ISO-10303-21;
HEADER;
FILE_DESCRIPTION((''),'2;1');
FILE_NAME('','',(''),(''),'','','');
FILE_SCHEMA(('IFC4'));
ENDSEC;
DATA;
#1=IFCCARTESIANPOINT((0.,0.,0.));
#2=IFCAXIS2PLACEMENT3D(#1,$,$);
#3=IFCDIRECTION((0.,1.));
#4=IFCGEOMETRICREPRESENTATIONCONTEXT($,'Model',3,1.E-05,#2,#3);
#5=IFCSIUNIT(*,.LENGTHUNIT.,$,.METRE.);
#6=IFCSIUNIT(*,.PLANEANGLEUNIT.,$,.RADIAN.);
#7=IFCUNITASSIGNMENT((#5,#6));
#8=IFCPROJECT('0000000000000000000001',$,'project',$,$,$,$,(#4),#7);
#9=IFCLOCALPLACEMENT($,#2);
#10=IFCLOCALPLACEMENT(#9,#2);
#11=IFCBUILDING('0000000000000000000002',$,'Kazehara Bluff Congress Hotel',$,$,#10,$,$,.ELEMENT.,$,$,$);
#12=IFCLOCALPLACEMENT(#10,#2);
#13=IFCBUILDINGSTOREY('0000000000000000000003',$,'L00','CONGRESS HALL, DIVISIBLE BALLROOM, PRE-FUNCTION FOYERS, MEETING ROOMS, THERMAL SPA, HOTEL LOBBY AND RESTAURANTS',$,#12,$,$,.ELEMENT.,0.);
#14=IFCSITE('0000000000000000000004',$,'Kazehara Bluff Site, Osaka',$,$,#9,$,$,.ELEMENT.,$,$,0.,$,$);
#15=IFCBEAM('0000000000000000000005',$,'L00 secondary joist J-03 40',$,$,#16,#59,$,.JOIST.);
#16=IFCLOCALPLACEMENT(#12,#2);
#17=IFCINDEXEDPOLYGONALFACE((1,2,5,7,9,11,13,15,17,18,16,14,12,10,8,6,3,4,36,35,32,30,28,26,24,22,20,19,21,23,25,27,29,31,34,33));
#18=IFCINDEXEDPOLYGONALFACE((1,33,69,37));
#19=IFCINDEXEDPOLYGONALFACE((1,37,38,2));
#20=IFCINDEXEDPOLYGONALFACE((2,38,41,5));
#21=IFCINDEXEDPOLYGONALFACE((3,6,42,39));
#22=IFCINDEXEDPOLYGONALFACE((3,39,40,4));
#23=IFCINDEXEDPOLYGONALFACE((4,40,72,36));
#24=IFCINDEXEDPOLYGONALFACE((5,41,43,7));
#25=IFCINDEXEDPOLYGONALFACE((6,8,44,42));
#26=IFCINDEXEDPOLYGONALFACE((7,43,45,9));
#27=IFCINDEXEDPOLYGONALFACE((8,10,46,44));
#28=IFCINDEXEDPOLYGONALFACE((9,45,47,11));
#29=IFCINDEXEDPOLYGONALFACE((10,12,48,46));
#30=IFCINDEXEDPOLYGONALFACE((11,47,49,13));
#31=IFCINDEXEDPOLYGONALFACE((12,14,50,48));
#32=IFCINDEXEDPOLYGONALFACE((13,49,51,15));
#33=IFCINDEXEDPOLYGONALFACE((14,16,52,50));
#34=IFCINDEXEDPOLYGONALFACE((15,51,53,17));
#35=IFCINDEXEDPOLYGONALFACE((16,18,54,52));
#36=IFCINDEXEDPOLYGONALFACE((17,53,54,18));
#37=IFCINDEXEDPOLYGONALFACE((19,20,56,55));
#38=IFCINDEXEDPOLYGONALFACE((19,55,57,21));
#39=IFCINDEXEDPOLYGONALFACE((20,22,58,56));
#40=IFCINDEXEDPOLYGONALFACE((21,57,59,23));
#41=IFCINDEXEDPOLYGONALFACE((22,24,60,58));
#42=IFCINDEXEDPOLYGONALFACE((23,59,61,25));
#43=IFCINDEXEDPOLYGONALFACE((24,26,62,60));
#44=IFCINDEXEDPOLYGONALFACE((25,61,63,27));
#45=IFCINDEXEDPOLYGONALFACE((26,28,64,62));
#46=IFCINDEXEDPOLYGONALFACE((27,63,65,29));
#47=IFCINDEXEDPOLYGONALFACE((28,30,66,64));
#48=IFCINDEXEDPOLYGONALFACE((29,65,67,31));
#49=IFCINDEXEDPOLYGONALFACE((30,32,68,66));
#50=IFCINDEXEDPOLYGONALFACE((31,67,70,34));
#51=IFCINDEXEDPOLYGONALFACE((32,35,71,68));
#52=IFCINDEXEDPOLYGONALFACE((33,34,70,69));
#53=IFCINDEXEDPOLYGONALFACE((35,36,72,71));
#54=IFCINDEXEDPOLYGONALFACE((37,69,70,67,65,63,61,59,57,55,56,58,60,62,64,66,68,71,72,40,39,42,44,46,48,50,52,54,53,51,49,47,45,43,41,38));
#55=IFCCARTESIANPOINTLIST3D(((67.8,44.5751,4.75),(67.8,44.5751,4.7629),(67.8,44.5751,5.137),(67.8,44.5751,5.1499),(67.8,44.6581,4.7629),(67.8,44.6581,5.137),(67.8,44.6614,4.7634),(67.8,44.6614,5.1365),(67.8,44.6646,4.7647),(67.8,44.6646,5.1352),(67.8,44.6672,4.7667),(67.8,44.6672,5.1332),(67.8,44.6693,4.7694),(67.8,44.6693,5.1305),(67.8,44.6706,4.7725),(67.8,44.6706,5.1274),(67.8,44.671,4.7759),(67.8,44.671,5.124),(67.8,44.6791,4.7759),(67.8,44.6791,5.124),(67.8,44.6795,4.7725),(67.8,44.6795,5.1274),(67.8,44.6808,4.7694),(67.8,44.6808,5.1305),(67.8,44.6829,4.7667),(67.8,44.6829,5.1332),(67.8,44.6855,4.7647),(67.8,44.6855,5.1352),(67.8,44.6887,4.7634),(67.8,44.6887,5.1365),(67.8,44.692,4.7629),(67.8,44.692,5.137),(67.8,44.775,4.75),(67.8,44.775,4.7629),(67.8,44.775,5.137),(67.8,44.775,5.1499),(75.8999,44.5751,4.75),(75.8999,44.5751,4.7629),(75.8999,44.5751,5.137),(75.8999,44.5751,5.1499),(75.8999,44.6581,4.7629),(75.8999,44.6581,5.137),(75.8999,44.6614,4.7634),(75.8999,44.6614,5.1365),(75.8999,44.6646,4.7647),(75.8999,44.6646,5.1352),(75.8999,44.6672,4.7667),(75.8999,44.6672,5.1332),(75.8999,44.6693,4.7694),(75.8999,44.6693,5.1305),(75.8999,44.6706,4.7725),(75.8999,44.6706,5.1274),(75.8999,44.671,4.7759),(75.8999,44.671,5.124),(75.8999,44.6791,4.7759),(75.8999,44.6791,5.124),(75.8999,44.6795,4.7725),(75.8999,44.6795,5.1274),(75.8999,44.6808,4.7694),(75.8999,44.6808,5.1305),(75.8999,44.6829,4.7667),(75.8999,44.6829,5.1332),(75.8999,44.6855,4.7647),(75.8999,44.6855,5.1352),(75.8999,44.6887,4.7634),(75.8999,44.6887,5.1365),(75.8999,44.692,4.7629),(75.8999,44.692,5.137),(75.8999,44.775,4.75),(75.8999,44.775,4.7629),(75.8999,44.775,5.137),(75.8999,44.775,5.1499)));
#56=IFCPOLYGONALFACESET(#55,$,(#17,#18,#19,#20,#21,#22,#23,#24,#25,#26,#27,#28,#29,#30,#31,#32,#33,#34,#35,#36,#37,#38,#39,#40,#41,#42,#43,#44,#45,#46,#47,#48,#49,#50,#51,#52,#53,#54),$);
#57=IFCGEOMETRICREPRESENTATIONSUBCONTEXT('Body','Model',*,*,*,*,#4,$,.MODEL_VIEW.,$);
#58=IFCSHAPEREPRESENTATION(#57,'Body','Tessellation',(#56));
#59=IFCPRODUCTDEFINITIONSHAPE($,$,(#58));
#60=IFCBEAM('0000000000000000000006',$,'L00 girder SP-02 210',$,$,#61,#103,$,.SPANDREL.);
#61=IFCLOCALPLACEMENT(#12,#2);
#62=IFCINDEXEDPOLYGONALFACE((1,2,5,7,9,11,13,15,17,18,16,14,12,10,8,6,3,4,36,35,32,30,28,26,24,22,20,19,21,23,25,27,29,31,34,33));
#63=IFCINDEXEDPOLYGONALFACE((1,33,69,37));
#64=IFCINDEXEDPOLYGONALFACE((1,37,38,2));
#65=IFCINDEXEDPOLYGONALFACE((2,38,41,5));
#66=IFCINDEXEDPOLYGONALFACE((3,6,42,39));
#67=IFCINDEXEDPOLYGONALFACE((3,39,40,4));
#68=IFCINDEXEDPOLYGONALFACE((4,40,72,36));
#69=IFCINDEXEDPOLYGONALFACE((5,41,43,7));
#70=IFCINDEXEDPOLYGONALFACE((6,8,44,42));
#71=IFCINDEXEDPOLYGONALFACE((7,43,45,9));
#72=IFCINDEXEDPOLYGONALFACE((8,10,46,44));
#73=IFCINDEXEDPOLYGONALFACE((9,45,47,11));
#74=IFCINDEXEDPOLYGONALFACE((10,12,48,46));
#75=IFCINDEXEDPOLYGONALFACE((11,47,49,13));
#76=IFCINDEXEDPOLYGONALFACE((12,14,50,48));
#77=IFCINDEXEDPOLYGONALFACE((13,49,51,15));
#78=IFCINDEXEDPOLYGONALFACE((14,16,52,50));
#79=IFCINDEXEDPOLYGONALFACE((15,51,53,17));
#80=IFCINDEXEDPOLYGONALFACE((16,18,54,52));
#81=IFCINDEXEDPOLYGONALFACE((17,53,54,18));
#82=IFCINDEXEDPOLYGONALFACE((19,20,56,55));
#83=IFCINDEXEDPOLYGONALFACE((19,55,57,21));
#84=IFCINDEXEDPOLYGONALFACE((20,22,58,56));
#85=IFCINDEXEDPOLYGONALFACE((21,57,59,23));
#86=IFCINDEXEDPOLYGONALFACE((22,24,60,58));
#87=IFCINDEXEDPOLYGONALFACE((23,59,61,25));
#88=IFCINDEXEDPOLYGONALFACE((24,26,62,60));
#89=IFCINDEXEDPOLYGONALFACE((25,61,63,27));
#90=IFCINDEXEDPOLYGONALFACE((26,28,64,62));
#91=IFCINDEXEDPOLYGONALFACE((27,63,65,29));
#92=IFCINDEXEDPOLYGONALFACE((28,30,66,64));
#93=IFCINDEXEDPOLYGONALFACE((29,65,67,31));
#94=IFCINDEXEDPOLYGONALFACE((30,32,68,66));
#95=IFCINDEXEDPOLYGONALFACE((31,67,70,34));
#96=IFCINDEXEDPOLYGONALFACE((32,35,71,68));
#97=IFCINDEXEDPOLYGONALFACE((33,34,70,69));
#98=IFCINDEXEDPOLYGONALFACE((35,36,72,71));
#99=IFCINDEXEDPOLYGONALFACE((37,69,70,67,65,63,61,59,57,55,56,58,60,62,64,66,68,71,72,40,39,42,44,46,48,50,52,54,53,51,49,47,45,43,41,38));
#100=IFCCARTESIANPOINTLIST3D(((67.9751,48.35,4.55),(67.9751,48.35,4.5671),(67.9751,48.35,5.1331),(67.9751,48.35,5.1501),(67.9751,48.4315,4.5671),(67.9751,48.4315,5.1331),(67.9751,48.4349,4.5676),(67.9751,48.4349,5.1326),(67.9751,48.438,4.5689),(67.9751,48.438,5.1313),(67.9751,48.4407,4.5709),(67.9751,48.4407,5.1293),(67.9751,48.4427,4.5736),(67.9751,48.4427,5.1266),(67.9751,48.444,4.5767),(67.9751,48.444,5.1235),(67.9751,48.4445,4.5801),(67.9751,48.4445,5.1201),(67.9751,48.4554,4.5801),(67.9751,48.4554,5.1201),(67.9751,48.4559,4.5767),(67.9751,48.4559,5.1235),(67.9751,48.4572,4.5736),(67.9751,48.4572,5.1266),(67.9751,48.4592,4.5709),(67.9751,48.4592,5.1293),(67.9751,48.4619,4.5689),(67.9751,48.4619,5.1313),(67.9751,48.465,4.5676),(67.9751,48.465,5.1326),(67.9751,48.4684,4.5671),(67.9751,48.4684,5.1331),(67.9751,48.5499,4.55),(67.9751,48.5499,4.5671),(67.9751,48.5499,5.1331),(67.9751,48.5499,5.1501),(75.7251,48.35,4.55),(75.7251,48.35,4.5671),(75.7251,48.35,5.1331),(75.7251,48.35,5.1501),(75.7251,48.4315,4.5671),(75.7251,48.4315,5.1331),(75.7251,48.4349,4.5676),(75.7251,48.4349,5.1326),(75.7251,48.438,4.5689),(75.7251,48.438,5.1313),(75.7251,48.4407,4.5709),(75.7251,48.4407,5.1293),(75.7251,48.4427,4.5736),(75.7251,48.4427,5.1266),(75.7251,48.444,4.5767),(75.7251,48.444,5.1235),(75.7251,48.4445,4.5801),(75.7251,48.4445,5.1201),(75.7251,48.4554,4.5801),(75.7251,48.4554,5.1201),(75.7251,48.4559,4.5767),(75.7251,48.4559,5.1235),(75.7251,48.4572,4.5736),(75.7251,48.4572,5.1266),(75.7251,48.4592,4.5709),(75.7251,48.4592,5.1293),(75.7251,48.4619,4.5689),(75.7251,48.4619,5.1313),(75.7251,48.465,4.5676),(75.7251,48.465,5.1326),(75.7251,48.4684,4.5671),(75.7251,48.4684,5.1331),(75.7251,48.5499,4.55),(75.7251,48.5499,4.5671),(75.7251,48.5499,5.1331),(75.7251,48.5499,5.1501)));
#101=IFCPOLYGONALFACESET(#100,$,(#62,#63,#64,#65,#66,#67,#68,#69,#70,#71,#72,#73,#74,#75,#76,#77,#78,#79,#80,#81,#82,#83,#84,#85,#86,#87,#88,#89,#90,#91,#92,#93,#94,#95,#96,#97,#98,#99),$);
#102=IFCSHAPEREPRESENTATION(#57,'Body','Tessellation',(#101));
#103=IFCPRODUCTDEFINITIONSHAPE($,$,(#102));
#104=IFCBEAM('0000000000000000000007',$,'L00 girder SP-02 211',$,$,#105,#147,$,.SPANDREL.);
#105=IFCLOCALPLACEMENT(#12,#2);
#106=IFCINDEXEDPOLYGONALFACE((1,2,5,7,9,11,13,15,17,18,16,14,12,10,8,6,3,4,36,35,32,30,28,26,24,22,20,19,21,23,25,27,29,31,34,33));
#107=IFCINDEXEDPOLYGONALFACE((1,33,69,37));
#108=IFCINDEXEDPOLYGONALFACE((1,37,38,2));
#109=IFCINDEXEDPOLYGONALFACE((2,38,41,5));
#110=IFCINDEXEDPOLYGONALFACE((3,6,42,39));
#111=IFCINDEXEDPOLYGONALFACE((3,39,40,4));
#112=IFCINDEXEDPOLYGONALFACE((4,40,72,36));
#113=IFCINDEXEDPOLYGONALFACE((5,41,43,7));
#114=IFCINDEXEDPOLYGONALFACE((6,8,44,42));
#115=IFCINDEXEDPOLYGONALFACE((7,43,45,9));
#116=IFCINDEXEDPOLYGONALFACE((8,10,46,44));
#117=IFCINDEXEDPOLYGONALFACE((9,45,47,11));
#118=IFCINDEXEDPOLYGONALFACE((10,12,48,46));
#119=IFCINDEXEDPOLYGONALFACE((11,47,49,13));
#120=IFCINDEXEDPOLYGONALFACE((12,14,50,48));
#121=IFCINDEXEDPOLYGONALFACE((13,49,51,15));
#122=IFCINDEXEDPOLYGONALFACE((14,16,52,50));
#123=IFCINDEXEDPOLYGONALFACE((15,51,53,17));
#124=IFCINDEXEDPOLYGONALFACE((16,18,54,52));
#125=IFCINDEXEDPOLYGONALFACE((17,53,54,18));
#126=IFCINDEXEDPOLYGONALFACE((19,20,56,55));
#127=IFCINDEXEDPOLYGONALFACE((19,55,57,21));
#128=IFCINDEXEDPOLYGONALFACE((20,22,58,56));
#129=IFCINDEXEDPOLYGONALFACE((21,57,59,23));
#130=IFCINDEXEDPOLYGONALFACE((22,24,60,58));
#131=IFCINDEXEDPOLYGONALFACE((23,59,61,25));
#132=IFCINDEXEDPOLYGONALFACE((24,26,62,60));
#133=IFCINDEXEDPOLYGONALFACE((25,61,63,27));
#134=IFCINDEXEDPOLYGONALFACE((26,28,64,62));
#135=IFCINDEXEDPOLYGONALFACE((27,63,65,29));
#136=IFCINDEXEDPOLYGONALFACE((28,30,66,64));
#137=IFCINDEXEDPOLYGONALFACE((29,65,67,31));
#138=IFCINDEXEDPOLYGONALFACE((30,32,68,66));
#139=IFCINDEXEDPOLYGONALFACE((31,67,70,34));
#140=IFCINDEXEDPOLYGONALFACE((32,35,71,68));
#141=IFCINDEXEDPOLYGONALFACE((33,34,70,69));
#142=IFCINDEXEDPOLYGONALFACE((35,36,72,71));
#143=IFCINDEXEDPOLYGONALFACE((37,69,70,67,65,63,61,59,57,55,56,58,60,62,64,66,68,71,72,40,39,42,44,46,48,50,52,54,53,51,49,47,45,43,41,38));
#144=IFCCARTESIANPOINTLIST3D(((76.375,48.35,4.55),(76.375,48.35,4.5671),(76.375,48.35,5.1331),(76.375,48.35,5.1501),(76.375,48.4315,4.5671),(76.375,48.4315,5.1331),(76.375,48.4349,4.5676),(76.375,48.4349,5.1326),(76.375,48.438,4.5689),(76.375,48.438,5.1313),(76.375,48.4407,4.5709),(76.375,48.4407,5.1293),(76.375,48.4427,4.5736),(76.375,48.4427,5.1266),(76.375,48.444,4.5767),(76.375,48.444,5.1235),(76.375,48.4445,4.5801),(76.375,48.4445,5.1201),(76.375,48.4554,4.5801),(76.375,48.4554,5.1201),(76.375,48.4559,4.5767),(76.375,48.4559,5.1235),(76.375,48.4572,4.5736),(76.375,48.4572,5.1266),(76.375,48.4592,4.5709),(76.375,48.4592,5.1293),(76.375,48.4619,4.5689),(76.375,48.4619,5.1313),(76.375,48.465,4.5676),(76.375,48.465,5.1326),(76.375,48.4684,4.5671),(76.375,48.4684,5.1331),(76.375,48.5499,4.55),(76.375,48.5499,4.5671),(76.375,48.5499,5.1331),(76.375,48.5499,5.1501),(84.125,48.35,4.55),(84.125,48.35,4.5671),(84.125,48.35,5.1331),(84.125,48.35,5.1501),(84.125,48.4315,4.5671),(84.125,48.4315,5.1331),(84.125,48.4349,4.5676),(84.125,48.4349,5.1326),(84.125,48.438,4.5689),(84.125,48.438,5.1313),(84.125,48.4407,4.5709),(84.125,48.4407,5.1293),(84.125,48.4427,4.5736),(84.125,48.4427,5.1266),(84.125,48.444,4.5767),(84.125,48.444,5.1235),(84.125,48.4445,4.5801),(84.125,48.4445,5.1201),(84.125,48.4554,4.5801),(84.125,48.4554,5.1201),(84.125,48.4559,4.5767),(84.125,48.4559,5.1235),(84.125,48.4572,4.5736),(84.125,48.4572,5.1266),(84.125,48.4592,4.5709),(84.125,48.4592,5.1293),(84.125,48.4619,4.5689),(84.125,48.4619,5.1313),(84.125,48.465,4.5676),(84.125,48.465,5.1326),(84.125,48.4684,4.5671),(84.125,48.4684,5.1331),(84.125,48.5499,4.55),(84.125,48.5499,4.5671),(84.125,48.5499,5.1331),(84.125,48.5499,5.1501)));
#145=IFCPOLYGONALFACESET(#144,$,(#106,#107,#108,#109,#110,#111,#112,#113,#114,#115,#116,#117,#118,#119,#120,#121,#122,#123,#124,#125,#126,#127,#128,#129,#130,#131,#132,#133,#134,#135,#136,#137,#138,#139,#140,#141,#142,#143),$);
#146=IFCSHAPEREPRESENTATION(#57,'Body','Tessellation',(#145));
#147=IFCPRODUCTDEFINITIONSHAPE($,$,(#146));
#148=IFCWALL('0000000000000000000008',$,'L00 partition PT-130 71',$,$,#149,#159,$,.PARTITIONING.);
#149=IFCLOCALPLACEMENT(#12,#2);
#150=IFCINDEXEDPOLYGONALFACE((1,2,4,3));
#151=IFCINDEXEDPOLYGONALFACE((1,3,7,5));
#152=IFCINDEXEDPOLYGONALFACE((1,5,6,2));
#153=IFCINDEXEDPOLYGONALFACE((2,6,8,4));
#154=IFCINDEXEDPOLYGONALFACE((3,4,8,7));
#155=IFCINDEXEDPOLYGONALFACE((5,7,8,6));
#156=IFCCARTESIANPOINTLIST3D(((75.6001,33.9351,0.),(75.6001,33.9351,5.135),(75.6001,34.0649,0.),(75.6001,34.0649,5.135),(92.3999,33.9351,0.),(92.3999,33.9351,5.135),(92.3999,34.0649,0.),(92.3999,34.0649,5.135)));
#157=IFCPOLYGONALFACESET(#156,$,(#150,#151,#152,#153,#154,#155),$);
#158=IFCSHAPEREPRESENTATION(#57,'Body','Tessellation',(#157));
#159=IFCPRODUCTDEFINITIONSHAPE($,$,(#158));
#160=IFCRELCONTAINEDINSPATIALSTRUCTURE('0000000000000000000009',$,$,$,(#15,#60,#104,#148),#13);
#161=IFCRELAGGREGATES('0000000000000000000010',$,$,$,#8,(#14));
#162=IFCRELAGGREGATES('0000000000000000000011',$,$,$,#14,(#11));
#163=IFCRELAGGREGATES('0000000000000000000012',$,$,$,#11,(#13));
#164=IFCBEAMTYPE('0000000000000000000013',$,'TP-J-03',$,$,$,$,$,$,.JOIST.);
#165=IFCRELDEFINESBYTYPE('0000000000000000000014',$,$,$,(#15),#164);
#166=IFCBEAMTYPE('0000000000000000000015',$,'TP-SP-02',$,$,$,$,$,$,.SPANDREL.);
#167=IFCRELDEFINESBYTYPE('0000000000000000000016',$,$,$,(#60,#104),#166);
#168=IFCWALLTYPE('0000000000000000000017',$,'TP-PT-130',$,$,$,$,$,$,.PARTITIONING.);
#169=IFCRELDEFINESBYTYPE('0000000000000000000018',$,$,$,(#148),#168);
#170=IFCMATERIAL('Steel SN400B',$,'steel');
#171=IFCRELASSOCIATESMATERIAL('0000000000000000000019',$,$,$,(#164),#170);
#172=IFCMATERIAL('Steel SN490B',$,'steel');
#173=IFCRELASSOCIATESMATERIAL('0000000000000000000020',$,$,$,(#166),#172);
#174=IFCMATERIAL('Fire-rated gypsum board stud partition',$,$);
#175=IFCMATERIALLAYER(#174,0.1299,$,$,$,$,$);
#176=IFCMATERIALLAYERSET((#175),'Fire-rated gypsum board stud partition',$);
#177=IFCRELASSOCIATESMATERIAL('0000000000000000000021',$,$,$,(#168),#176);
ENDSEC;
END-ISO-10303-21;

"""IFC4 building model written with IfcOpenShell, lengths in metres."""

from ifc_helpers import new_model, si_unit, direction, frame, frame_2d, origin, origin_2d, place, context, subcontext, project, spatial, rectangle, i_section, extrude, material, layer, layer_set, material_profile, profile_set, type_object, element, save


model = new_model("IFC4")

# Units and contexts
model_context = context("Model", 3, precision=1e-05, world=origin(), true_north=direction((0.0, 1.0)))
body_context = subcontext(model_context, "Body", "Model", "MODEL_VIEW")
ifc_project = project(units=[si_unit("LENGTHUNIT", "METRE"), si_unit("PLANEANGLEUNIT", "RADIAN")], contexts=[model_context])

# Site, building, storey
site_placement = place(None, origin())
site = spatial("IfcSite", under=ifc_project, at=site_placement, Name="Kazehara Bluff Site, Osaka", CompositionType="ELEMENT", RefElevation=0.0)
building_placement = place(site_placement, origin())
building = spatial("IfcBuilding", under=site, at=building_placement, Name="Kazehara Bluff Congress Hotel", CompositionType="ELEMENT")
storey_placement = place(building_placement, origin())
storey = spatial("IfcBuildingStorey", under=building, at=storey_placement, Name="L00", Description="CONGRESS HALL, DIVISIBLE BALLROOM, PRE-FUNCTION FOYERS, MEETING ROOMS, THERMAL SPA, HOTEL LOBBY AND RESTAURANTS", CompositionType="ELEMENT", Elevation=0.0)

# Beams
ifc_material_1 = material(Name="Steel SN400B", Category="steel")
ifc_material_profile_1 = material_profile(ifc_material_1, i_section(OverallWidth=0.2, OverallDepth=0.3999, WebThickness=0.0081, FlangeThickness=0.0129, FilletRadius=0.0129, at=origin_2d()))
ifc_profile_set_1 = profile_set([ifc_material_profile_1], Name="Steel SN400B")
beam_type_1 = type_object("IfcBeamType", Name="TP-J-03", PredefinedType="JOIST", material=ifc_profile_set_1)
for number, where, z_axis, x_axis, name in (
    (1, (67.8, 44.675, 4.95), (1.0, 0.0, 0.0), (0.0, 1.0, 0.0), "L00 secondary joist J-03 40"),
):
    element("IfcBeam", number, at=place(storey_placement, frame(where, z_axis=z_axis, x_axis=x_axis)), inside=storey, type_object=beam_type_1, Name=name, PredefinedType="JOIST", context=body_context, shape_type="SweptSolid", body=[
        extrude(i_section(OverallWidth=0.2, OverallDepth=0.3999, WebThickness=0.0081, FlangeThickness=0.0129, FilletRadius=0.0129, at=origin_2d()), origin(), (0.0, 0.0, 1.0), 8.0999),
    ])
ifc_material_2 = material(Name="Steel SN490B", Category="steel")
ifc_material_profile_2 = material_profile(ifc_material_2, i_section(OverallWidth=0.2, OverallDepth=0.6001, WebThickness=0.011, FlangeThickness=0.0171, FilletRadius=0.0129, at=origin_2d()))
ifc_profile_set_2 = profile_set([ifc_material_profile_2], Name="Steel SN490B")
beam_type_2 = type_object("IfcBeamType", Name="TP-SP-02", PredefinedType="SPANDREL", material=ifc_profile_set_2)
for number, where, z_axis, x_axis, name in (
    (2, (67.9751, 48.45, 4.8501), (1.0, 0.0, 0.0), (0.0, 1.0, 0.0), "L00 girder SP-02 210"),
    (3, (76.375, 48.45, 4.8501), (1.0, 0.0, 0.0), (0.0, 1.0, 0.0), "L00 girder SP-02 211"),
):
    element("IfcBeam", number, at=place(storey_placement, frame(where, z_axis=z_axis, x_axis=x_axis)), inside=storey, type_object=beam_type_2, Name=name, PredefinedType="SPANDREL", context=body_context, shape_type="SweptSolid", body=[
        extrude(i_section(OverallWidth=0.2, OverallDepth=0.6001, WebThickness=0.011, FlangeThickness=0.0171, FilletRadius=0.0129, at=origin_2d()), origin(), (0.0, 0.0, 1.0), 7.75),
    ])

# Wall
ifc_material_3 = material(Name="Fire-rated gypsum board stud partition")
ifc_layer = layer(ifc_material_3, 0.1299)
ifc_layer_set = layer_set([ifc_layer], Name="Fire-rated gypsum board stud partition")
wall_type = type_object("IfcWallType", Name="TP-PT-130", PredefinedType="PARTITIONING", material=ifc_layer_set)
wall_placement = place(storey_placement, frame((75.6001, 34.0, 0.0), z_axis=(0.0, 0.0, 1.0), x_axis=(1.0, 0.0, 0.0)))
element("IfcWall", 4, at=wall_placement, inside=storey, type_object=wall_type, Name="L00 partition PT-130 71", PredefinedType="PARTITIONING", context=body_context, shape_type="SweptSolid", body=[
    extrude(rectangle(XDim=16.7998, YDim=0.1299, at=frame_2d((8.3999, 0.0))), origin(), (0.0, 0.0, 1.0), 5.135),
])

save(model, "model.ifc")
